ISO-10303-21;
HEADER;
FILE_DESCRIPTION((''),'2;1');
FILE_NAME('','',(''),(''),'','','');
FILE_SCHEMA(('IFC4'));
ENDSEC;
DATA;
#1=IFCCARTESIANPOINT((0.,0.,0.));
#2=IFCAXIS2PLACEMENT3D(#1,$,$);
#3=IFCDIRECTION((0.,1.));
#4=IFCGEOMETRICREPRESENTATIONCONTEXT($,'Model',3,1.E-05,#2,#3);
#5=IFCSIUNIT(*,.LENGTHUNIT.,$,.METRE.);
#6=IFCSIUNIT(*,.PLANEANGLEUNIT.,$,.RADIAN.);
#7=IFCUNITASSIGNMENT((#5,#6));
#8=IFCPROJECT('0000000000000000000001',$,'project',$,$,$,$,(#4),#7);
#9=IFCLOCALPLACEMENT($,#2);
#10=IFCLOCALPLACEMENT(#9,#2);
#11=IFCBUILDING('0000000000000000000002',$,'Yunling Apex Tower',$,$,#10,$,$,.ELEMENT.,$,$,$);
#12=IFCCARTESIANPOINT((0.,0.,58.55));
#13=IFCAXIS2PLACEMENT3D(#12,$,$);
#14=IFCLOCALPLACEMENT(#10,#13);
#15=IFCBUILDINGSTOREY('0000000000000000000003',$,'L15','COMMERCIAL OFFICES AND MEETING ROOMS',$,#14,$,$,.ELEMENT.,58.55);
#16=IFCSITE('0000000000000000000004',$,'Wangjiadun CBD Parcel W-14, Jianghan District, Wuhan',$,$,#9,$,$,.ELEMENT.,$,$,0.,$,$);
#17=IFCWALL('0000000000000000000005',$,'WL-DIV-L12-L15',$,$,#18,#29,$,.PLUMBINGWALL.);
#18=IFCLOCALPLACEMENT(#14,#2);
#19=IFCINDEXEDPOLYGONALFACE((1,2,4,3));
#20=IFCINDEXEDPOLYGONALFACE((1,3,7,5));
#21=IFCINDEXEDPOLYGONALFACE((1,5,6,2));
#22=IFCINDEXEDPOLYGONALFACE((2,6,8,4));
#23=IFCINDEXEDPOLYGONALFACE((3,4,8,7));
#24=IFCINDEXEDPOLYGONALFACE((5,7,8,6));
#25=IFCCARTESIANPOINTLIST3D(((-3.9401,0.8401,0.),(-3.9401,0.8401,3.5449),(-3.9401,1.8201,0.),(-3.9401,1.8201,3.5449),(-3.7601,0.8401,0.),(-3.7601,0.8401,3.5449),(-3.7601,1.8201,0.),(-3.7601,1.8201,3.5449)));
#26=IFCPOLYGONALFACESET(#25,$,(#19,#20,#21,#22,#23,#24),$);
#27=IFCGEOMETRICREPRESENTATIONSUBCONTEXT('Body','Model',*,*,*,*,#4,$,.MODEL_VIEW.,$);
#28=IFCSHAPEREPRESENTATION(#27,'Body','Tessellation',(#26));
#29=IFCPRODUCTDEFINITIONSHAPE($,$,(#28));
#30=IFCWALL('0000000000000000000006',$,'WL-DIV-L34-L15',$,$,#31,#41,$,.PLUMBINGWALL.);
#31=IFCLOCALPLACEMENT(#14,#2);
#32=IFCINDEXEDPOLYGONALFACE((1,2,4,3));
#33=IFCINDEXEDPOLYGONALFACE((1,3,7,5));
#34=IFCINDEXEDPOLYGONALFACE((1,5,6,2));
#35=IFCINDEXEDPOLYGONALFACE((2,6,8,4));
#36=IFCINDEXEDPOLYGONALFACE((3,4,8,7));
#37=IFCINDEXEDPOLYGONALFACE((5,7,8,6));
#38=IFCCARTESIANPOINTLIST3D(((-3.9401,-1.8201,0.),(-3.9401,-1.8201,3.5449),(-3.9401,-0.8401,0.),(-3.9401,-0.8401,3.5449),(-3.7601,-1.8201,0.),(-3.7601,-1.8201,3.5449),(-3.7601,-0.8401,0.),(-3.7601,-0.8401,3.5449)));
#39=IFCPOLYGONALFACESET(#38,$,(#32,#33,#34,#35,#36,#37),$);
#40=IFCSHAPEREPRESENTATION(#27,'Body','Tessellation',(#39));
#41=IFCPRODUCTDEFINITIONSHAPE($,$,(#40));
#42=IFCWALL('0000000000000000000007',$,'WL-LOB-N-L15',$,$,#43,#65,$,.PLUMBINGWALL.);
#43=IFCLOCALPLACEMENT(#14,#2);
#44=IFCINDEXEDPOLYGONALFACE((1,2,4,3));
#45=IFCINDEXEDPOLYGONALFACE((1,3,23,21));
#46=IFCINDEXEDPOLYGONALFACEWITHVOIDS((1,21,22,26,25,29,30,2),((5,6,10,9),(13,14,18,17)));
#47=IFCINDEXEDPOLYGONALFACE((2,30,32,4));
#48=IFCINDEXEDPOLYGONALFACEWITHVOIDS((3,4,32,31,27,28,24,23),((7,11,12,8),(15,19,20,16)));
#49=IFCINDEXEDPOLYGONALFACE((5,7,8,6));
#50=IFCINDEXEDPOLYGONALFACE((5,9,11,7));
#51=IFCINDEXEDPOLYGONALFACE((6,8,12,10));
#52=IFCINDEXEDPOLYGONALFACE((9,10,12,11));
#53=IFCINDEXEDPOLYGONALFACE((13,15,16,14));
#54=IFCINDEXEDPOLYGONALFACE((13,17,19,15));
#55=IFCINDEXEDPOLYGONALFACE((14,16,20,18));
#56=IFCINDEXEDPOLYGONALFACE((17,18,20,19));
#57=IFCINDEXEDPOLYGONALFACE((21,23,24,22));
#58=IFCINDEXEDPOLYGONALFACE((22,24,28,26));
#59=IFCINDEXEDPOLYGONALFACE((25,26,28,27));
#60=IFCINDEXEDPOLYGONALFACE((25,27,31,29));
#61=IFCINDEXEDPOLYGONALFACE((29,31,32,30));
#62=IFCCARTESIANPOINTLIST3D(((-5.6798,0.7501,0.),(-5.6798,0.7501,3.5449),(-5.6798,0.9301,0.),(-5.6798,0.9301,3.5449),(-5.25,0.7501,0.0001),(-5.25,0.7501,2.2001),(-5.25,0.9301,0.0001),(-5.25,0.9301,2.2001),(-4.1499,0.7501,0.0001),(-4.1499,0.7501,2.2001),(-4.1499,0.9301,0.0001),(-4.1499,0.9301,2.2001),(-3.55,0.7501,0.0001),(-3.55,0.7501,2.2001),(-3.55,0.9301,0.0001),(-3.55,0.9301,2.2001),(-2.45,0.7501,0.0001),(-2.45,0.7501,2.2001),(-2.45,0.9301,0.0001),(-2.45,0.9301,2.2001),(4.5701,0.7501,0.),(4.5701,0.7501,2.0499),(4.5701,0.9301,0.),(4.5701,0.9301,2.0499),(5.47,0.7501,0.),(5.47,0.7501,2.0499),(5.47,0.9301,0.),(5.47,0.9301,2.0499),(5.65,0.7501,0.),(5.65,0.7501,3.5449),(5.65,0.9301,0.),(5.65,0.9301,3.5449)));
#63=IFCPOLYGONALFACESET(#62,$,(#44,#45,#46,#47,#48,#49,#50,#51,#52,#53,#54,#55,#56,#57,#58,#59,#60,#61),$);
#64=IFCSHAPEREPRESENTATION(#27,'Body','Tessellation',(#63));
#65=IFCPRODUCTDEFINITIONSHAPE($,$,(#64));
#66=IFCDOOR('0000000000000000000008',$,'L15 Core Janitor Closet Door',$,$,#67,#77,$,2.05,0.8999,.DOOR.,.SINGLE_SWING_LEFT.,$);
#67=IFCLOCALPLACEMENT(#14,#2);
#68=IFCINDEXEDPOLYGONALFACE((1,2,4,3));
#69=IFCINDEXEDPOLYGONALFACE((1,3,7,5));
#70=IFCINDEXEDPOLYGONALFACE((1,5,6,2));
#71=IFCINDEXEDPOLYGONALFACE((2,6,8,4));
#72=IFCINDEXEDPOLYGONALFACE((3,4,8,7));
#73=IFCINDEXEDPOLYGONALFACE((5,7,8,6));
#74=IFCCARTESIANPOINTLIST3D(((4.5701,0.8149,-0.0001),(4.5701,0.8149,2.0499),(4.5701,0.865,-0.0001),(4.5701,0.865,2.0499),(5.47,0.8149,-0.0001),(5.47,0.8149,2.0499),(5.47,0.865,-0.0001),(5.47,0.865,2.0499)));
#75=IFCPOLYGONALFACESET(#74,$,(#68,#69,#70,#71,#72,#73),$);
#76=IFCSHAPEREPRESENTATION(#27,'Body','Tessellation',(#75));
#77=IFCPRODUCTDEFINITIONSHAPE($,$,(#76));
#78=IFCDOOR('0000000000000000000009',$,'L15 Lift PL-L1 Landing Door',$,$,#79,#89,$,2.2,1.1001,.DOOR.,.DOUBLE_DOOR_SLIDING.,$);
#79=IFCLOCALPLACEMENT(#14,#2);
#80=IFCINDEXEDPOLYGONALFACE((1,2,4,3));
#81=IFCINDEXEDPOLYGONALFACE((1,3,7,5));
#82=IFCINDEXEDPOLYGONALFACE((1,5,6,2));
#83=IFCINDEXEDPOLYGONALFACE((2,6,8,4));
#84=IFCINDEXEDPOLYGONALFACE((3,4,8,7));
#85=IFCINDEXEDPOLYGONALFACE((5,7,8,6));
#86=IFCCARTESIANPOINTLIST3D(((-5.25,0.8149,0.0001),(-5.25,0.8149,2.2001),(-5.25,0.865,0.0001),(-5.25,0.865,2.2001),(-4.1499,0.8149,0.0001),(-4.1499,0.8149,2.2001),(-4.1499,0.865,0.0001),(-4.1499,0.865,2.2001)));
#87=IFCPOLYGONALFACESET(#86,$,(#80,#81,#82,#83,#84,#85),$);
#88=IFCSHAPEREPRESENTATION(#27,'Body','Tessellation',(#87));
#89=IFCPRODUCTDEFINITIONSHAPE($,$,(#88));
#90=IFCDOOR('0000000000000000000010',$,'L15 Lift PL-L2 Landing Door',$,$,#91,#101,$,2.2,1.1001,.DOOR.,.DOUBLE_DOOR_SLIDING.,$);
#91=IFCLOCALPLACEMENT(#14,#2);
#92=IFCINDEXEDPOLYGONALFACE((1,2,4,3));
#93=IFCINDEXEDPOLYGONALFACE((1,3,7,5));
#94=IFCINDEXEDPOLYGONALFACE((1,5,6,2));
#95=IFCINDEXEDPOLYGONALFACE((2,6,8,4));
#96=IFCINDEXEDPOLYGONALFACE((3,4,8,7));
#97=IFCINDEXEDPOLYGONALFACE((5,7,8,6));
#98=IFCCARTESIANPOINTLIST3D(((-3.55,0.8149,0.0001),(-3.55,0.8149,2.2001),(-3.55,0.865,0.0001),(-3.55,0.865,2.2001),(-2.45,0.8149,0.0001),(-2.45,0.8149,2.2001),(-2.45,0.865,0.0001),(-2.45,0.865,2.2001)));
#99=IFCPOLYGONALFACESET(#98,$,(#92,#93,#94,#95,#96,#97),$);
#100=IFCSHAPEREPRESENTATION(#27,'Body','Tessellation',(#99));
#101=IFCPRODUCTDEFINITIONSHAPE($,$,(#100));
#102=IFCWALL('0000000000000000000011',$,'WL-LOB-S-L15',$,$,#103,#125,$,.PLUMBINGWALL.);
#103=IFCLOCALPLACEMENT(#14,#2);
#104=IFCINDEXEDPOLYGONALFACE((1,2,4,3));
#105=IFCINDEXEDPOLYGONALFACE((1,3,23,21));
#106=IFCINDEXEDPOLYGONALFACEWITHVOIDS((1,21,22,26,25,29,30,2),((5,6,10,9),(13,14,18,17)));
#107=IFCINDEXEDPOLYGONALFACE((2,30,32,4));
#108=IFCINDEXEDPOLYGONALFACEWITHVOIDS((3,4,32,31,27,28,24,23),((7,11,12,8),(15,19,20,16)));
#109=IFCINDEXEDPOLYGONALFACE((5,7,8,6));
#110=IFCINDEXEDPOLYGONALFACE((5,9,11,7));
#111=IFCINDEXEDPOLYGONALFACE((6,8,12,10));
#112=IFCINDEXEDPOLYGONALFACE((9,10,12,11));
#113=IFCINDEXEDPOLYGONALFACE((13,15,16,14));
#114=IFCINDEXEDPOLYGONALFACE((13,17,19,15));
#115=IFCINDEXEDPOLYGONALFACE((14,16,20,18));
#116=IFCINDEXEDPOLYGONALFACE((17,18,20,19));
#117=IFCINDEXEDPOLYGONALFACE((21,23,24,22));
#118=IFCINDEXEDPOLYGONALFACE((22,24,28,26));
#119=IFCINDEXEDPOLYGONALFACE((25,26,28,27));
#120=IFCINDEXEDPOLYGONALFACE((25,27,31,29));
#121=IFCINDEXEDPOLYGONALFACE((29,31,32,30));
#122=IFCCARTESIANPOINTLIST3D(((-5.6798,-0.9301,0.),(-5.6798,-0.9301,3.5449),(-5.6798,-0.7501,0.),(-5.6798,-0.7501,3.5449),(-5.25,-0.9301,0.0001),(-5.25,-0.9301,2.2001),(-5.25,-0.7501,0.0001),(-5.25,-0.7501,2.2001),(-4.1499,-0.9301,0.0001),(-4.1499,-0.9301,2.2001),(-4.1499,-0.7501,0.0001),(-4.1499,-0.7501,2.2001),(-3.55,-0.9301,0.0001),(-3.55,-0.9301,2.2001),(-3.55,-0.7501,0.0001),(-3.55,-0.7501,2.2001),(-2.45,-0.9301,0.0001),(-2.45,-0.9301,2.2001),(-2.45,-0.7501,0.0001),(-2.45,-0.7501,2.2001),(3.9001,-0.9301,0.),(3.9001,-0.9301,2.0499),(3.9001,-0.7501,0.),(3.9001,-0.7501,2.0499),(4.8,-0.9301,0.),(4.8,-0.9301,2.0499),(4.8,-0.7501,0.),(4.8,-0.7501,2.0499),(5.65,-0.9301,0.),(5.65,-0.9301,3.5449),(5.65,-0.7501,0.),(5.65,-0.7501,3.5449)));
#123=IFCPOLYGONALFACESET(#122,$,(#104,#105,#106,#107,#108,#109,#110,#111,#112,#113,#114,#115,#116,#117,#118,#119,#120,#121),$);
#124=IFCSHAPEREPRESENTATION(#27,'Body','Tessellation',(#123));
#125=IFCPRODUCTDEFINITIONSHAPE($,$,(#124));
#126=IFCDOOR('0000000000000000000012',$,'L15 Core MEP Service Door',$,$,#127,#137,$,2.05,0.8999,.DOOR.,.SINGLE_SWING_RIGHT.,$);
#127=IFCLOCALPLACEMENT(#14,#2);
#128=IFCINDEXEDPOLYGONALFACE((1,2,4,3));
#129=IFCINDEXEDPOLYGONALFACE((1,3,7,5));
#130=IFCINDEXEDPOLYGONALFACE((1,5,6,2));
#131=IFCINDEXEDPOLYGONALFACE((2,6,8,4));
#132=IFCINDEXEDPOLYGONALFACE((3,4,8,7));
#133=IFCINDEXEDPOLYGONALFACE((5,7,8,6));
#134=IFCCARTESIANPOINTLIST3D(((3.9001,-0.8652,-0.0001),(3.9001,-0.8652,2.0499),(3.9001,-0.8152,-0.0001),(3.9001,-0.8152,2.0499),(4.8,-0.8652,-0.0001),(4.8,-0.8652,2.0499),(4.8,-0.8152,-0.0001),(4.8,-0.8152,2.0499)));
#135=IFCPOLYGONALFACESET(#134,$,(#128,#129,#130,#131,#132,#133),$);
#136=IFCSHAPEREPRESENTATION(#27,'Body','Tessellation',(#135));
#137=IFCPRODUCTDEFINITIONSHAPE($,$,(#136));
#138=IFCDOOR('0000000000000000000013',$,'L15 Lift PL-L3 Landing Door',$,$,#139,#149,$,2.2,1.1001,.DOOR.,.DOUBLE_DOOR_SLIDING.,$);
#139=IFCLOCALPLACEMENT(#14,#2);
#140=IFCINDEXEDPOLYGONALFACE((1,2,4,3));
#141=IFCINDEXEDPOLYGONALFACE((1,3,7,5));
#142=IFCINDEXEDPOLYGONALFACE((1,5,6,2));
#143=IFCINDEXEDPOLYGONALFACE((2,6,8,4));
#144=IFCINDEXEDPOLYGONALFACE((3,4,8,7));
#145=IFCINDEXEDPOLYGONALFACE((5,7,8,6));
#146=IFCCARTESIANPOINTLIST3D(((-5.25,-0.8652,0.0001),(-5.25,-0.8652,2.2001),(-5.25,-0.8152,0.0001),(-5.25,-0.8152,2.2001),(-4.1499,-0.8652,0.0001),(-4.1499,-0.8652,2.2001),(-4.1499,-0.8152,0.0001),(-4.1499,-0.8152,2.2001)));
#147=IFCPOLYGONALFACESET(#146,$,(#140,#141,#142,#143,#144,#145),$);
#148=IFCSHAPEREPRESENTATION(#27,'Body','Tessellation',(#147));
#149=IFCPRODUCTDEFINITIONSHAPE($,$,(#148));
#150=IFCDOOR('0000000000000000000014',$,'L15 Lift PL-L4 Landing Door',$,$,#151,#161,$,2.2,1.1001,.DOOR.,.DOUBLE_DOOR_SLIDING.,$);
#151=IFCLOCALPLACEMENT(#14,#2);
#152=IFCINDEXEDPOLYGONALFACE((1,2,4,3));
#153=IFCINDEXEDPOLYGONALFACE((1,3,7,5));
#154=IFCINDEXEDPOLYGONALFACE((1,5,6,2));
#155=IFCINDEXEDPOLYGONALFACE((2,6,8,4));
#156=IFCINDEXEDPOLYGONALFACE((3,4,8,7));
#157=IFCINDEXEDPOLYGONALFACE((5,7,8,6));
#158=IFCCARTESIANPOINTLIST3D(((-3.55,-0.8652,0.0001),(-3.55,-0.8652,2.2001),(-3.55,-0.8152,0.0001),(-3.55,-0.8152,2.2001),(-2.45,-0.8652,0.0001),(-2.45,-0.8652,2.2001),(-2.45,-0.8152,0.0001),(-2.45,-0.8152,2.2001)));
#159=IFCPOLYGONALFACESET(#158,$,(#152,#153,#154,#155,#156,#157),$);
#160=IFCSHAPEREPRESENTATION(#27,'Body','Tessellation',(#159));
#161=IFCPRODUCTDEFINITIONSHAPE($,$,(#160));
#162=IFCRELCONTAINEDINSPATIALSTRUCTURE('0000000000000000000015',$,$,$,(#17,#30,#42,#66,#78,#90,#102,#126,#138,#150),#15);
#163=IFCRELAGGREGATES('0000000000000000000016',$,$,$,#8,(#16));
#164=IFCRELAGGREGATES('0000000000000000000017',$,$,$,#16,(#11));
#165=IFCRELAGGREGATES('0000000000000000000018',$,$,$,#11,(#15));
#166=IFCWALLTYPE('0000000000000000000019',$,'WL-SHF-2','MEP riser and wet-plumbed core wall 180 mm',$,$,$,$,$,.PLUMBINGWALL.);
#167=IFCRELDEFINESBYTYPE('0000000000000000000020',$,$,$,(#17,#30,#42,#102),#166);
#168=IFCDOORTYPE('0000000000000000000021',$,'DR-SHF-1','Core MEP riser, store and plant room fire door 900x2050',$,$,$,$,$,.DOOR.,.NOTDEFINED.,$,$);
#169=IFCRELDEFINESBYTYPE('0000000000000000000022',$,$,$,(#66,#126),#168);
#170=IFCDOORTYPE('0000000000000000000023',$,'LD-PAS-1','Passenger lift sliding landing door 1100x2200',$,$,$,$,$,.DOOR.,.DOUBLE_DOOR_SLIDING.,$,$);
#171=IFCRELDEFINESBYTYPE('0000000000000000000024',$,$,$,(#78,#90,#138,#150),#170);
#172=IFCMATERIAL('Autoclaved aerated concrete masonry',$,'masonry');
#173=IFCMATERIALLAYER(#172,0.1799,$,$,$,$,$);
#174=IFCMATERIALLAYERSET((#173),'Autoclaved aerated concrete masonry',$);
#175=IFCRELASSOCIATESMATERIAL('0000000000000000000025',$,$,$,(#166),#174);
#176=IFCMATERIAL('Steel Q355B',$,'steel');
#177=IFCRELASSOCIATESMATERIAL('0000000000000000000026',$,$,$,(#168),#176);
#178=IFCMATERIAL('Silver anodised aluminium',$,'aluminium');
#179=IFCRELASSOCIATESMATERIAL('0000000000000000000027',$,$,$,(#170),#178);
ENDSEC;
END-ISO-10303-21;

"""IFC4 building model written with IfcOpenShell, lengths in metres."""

from ifc_helpers import new_model, si_unit, direction, frame, frame_2d, origin, place, context, subcontext, project, spatial, rectangle, extrude, material, layer, layer_set, type_object, element, fill, save


model = new_model("IFC4")

# Units and contexts
model_context = context("Model", 3, precision=1e-05, world=origin(), true_north=direction((0.0, 1.0)))
body_context = subcontext(model_context, "Body", "Model", "MODEL_VIEW")
ifc_project = project(units=[si_unit("LENGTHUNIT", "METRE"), si_unit("PLANEANGLEUNIT", "RADIAN")], contexts=[model_context])

# Site, building, storey
site_placement = place(None, origin())
site = spatial("IfcSite", under=ifc_project, at=site_placement, Name="Wangjiadun CBD Parcel W-14, Jianghan District, Wuhan", CompositionType="ELEMENT", RefElevation=0.0)
building_placement = place(site_placement, origin())
building = spatial("IfcBuilding", under=site, at=building_placement, Name="Yunling Apex Tower", CompositionType="ELEMENT")
storey_placement = place(building_placement, frame((0.0, 0.0, 58.55)))
storey = spatial("IfcBuildingStorey", under=building, at=storey_placement, Name="L15", Description="COMMERCIAL OFFICES AND MEETING ROOMS", CompositionType="ELEMENT", Elevation=58.55)

# Shared definitions
ifc_material_1 = material(Name="Steel Q355B", Category="steel")

# Shared definitions
ifc_material_2 = material(Name="Autoclaved aerated concrete masonry", Category="masonry")

# Walls
ifc_layer_1 = layer(ifc_material_2, 0.1799)
ifc_layer_set_1 = layer_set([ifc_layer_1], Name="Autoclaved aerated concrete masonry")
wall_type_1 = type_object("IfcWallType", Name="WL-SHF-2", Description="MEP riser and wet-plumbed core wall 180 mm", PredefinedType="PLUMBINGWALL", material=ifc_layer_set_1)
for number, where, z_axis, x_axis, name in (
    (1, (-3.8501, 0.8401, 0.0), (0.0, 0.0, 1.0), (0.0, 1.0, 0.0), "WL-DIV-L12-L15"),
    (2, (-3.8501, -1.8201, 0.0), (0.0, 0.0, 1.0), (0.0, 1.0, 0.0), "WL-DIV-L34-L15"),
):
    element("IfcWall", number, at=place(storey_placement, frame(where, z_axis=z_axis, x_axis=x_axis)), inside=storey, type_object=wall_type_1, Name=name, PredefinedType="PLUMBINGWALL", context=body_context, shape_type="SweptSolid", body=[
        extrude(rectangle(XDim=0.98, YDim=0.1799, at=frame_2d((0.49, 0.0))), origin(), (0.0, 0.0, 1.0), 3.5449),
    ])

# Walls, openings, doors
wall_1_placement = place(storey_placement, frame((-5.6799, 0.8401, 0.0), z_axis=(0.0, 0.0, 1.0), x_axis=(1.0, 0.0, 0.0)))
wall_1 = element("IfcWall", 3, at=wall_1_placement, inside=storey, type_object=wall_type_1, Name="WL-LOB-N-L15", PredefinedType="PLUMBINGWALL", context=body_context, shape_type="SweptSolid", body=[
    extrude(rectangle(XDim=11.3298, YDim=0.1799, at=frame_2d((5.665, 0.0))), origin(), (0.0, 0.0, 1.0), 3.5449),
])
opening_1_placement = place(wall_1_placement, frame((0.4299, 0.0, 0.0)))
opening_1 = element("IfcOpeningElement", 4, at=opening_1_placement, cuts=wall_1, PredefinedType="OPENING", context=body_context, shape_type="SweptSolid", body=[
    extrude(rectangle(XDim=1.1001, YDim=2.2, at=frame_2d((0.55, 1.1001))), frame((0.0, 0.1001, 0.0), z_axis=(0.0, -1.0, 0.0), x_axis=(1.0, 0.0, 0.0)), (0.0, 0.0, 1.0), 0.2),
])
opening_2_placement = place(wall_1_placement, frame((2.1299, 0.0, 0.0)))
opening_2 = element("IfcOpeningElement", 5, at=opening_2_placement, cuts=wall_1, PredefinedType="OPENING", context=body_context, shape_type="SweptSolid", body=[
    extrude(rectangle(XDim=1.1001, YDim=2.2, at=frame_2d((0.55, 1.1001))), frame((0.0, 0.1001, 0.0), z_axis=(0.0, -1.0, 0.0), x_axis=(1.0, 0.0, 0.0)), (0.0, 0.0, 1.0), 0.2),
])
opening_3_placement = place(wall_1_placement, frame((10.25, 0.0, 0.0)))
opening_3 = element("IfcOpeningElement", 6, at=opening_3_placement, cuts=wall_1, PredefinedType="OPENING", context=body_context, shape_type="SweptSolid", body=[
    extrude(rectangle(XDim=0.8999, YDim=2.05, at=frame_2d((0.45, 1.0249))), frame((0.0, 0.1001, 0.0), z_axis=(0.0, -1.0, 0.0), x_axis=(1.0, 0.0, 0.0)), (0.0, 0.0, 1.0), 0.2),
])
door_type_1 = type_object("IfcDoorType", Name="DR-SHF-1", Description="Core MEP riser, store and plant room fire door 900x2050", OperationType="NOTDEFINED", PredefinedType="DOOR", material=ifc_material_1)
door_1_placement = place(opening_3_placement, origin())
door_1 = element("IfcDoor", 7, at=door_1_placement, inside=storey, type_object=door_type_1, Name="L15 Core Janitor Closet Door", OperationType="SINGLE_SWING_LEFT", OverallHeight=2.05, OverallWidth=0.8999, PredefinedType="DOOR", context=body_context, shape_type="SweptSolid", body=[
    extrude(rectangle(XDim=0.8999, YDim=2.05, at=frame_2d((0.45, 1.0249))), frame((0.0, 0.0249, 0.0), z_axis=(0.0, -1.0, 0.0), x_axis=(1.0, 0.0, 0.0)), (0.0, 0.0, 1.0), 0.05),
])
fill(opening_3, door_1)
ifc_material_3 = material(Name="Silver anodised aluminium", Category="aluminium")
door_type_2 = type_object("IfcDoorType", Name="LD-PAS-1", Description="Passenger lift sliding landing door 1100x2200", OperationType="DOUBLE_DOOR_SLIDING", PredefinedType="DOOR", material=ifc_material_3)
door_2_placement = place(opening_1_placement, origin())
door_2 = element("IfcDoor", 8, at=door_2_placement, inside=storey, type_object=door_type_2, Name="L15 Lift PL-L1 Landing Door", OperationType="DOUBLE_DOOR_SLIDING", OverallHeight=2.2, OverallWidth=1.1001, PredefinedType="DOOR", context=body_context, shape_type="SweptSolid", body=[
    extrude(rectangle(XDim=1.1001, YDim=2.2, at=frame_2d((0.55, 1.1001))), frame((0.0, 0.0249, 0.0), z_axis=(0.0, -1.0, 0.0), x_axis=(1.0, 0.0, 0.0)), (0.0, 0.0, 1.0), 0.05),
])
fill(opening_1, door_2)
door_3_placement = place(opening_2_placement, origin())
door_3 = element("IfcDoor", 9, at=door_3_placement, inside=storey, type_object=door_type_2, Name="L15 Lift PL-L2 Landing Door", OperationType="DOUBLE_DOOR_SLIDING", OverallHeight=2.2, OverallWidth=1.1001, PredefinedType="DOOR", context=body_context, shape_type="SweptSolid", body=[
    extrude(rectangle(XDim=1.1001, YDim=2.2, at=frame_2d((0.55, 1.1001))), frame((0.0, 0.0249, 0.0), z_axis=(0.0, -1.0, 0.0), x_axis=(1.0, 0.0, 0.0)), (0.0, 0.0, 1.0), 0.05),
])
fill(opening_2, door_3)
wall_2_placement = place(storey_placement, frame((-5.6799, -0.8401, 0.0), z_axis=(0.0, 0.0, 1.0), x_axis=(1.0, 0.0, 0.0)))
wall_2 = element("IfcWall", 10, at=wall_2_placement, inside=storey, type_object=wall_type_1, Name="WL-LOB-S-L15", PredefinedType="PLUMBINGWALL", context=body_context, shape_type="SweptSolid", body=[
    extrude(rectangle(XDim=11.3298, YDim=0.1799, at=frame_2d((5.665, 0.0))), origin(), (0.0, 0.0, 1.0), 3.5449),
])
opening_4_placement = place(wall_2_placement, frame((0.4299, 0.0, 0.0)))
opening_4 = element("IfcOpeningElement", 11, at=opening_4_placement, cuts=wall_2, PredefinedType="OPENING", context=body_context, shape_type="SweptSolid", body=[
    extrude(rectangle(XDim=1.1001, YDim=2.2, at=frame_2d((0.55, 1.1001))), frame((0.0, 0.1001, 0.0), z_axis=(0.0, -1.0, 0.0), x_axis=(1.0, 0.0, 0.0)), (0.0, 0.0, 1.0), 0.2),
])
opening_5_placement = place(wall_2_placement, frame((2.1299, 0.0, 0.0)))
opening_5 = element("IfcOpeningElement", 12, at=opening_5_placement, cuts=wall_2, PredefinedType="OPENING", context=body_context, shape_type="SweptSolid", body=[
    extrude(rectangle(XDim=1.1001, YDim=2.2, at=frame_2d((0.55, 1.1001))), frame((0.0, 0.1001, 0.0), z_axis=(0.0, -1.0, 0.0), x_axis=(1.0, 0.0, 0.0)), (0.0, 0.0, 1.0), 0.2),
])
opening_6_placement = place(wall_2_placement, frame((9.5801, 0.0, 0.0)))
opening_6 = element("IfcOpeningElement", 13, at=opening_6_placement, cuts=wall_2, PredefinedType="OPENING", context=body_context, shape_type="SweptSolid", body=[
    extrude(rectangle(XDim=0.8999, YDim=2.05, at=frame_2d((0.45, 1.0249))), frame((0.0, 0.1001, 0.0), z_axis=(0.0, -1.0, 0.0), x_axis=(1.0, 0.0, 0.0)), (0.0, 0.0, 1.0), 0.2),
])
door_4_placement = place(opening_6_placement, origin())
door_4 = element("IfcDoor", 14, at=door_4_placement, inside=storey, type_object=door_type_1, Name="L15 Core MEP Service Door", OperationType="SINGLE_SWING_RIGHT", OverallHeight=2.05, OverallWidth=0.8999, PredefinedType="DOOR", context=body_context, shape_type="SweptSolid", body=[
    extrude(rectangle(XDim=0.8999, YDim=2.05, at=frame_2d((0.45, 1.0249))), frame((0.0, 0.0249, 0.0), z_axis=(0.0, -1.0, 0.0), x_axis=(1.0, 0.0, 0.0)), (0.0, 0.0, 1.0), 0.05),
])
fill(opening_6, door_4)
door_5_placement = place(opening_4_placement, origin())
door_5 = element("IfcDoor", 15, at=door_5_placement, inside=storey, type_object=door_type_2, Name="L15 Lift PL-L3 Landing Door", OperationType="DOUBLE_DOOR_SLIDING", OverallHeight=2.2, OverallWidth=1.1001, PredefinedType="DOOR", context=body_context, shape_type="SweptSolid", body=[
    extrude(rectangle(XDim=1.1001, YDim=2.2, at=frame_2d((0.55, 1.1001))), frame((0.0, 0.0249, 0.0), z_axis=(0.0, -1.0, 0.0), x_axis=(1.0, 0.0, 0.0)), (0.0, 0.0, 1.0), 0.05),
])
fill(opening_4, door_5)
door_6_placement = place(opening_5_placement, origin())
door_6 = element("IfcDoor", 16, at=door_6_placement, inside=storey, type_object=door_type_2, Name="L15 Lift PL-L4 Landing Door", OperationType="DOUBLE_DOOR_SLIDING", OverallHeight=2.2, OverallWidth=1.1001, PredefinedType="DOOR", context=body_context, shape_type="SweptSolid", body=[
    extrude(rectangle(XDim=1.1001, YDim=2.2, at=frame_2d((0.55, 1.1001))), frame((0.0, 0.0249, 0.0), z_axis=(0.0, -1.0, 0.0), x_axis=(1.0, 0.0, 0.0)), (0.0, 0.0, 1.0), 0.05),
])
fill(opening_5, door_6)

save(model, "model.ifc")
